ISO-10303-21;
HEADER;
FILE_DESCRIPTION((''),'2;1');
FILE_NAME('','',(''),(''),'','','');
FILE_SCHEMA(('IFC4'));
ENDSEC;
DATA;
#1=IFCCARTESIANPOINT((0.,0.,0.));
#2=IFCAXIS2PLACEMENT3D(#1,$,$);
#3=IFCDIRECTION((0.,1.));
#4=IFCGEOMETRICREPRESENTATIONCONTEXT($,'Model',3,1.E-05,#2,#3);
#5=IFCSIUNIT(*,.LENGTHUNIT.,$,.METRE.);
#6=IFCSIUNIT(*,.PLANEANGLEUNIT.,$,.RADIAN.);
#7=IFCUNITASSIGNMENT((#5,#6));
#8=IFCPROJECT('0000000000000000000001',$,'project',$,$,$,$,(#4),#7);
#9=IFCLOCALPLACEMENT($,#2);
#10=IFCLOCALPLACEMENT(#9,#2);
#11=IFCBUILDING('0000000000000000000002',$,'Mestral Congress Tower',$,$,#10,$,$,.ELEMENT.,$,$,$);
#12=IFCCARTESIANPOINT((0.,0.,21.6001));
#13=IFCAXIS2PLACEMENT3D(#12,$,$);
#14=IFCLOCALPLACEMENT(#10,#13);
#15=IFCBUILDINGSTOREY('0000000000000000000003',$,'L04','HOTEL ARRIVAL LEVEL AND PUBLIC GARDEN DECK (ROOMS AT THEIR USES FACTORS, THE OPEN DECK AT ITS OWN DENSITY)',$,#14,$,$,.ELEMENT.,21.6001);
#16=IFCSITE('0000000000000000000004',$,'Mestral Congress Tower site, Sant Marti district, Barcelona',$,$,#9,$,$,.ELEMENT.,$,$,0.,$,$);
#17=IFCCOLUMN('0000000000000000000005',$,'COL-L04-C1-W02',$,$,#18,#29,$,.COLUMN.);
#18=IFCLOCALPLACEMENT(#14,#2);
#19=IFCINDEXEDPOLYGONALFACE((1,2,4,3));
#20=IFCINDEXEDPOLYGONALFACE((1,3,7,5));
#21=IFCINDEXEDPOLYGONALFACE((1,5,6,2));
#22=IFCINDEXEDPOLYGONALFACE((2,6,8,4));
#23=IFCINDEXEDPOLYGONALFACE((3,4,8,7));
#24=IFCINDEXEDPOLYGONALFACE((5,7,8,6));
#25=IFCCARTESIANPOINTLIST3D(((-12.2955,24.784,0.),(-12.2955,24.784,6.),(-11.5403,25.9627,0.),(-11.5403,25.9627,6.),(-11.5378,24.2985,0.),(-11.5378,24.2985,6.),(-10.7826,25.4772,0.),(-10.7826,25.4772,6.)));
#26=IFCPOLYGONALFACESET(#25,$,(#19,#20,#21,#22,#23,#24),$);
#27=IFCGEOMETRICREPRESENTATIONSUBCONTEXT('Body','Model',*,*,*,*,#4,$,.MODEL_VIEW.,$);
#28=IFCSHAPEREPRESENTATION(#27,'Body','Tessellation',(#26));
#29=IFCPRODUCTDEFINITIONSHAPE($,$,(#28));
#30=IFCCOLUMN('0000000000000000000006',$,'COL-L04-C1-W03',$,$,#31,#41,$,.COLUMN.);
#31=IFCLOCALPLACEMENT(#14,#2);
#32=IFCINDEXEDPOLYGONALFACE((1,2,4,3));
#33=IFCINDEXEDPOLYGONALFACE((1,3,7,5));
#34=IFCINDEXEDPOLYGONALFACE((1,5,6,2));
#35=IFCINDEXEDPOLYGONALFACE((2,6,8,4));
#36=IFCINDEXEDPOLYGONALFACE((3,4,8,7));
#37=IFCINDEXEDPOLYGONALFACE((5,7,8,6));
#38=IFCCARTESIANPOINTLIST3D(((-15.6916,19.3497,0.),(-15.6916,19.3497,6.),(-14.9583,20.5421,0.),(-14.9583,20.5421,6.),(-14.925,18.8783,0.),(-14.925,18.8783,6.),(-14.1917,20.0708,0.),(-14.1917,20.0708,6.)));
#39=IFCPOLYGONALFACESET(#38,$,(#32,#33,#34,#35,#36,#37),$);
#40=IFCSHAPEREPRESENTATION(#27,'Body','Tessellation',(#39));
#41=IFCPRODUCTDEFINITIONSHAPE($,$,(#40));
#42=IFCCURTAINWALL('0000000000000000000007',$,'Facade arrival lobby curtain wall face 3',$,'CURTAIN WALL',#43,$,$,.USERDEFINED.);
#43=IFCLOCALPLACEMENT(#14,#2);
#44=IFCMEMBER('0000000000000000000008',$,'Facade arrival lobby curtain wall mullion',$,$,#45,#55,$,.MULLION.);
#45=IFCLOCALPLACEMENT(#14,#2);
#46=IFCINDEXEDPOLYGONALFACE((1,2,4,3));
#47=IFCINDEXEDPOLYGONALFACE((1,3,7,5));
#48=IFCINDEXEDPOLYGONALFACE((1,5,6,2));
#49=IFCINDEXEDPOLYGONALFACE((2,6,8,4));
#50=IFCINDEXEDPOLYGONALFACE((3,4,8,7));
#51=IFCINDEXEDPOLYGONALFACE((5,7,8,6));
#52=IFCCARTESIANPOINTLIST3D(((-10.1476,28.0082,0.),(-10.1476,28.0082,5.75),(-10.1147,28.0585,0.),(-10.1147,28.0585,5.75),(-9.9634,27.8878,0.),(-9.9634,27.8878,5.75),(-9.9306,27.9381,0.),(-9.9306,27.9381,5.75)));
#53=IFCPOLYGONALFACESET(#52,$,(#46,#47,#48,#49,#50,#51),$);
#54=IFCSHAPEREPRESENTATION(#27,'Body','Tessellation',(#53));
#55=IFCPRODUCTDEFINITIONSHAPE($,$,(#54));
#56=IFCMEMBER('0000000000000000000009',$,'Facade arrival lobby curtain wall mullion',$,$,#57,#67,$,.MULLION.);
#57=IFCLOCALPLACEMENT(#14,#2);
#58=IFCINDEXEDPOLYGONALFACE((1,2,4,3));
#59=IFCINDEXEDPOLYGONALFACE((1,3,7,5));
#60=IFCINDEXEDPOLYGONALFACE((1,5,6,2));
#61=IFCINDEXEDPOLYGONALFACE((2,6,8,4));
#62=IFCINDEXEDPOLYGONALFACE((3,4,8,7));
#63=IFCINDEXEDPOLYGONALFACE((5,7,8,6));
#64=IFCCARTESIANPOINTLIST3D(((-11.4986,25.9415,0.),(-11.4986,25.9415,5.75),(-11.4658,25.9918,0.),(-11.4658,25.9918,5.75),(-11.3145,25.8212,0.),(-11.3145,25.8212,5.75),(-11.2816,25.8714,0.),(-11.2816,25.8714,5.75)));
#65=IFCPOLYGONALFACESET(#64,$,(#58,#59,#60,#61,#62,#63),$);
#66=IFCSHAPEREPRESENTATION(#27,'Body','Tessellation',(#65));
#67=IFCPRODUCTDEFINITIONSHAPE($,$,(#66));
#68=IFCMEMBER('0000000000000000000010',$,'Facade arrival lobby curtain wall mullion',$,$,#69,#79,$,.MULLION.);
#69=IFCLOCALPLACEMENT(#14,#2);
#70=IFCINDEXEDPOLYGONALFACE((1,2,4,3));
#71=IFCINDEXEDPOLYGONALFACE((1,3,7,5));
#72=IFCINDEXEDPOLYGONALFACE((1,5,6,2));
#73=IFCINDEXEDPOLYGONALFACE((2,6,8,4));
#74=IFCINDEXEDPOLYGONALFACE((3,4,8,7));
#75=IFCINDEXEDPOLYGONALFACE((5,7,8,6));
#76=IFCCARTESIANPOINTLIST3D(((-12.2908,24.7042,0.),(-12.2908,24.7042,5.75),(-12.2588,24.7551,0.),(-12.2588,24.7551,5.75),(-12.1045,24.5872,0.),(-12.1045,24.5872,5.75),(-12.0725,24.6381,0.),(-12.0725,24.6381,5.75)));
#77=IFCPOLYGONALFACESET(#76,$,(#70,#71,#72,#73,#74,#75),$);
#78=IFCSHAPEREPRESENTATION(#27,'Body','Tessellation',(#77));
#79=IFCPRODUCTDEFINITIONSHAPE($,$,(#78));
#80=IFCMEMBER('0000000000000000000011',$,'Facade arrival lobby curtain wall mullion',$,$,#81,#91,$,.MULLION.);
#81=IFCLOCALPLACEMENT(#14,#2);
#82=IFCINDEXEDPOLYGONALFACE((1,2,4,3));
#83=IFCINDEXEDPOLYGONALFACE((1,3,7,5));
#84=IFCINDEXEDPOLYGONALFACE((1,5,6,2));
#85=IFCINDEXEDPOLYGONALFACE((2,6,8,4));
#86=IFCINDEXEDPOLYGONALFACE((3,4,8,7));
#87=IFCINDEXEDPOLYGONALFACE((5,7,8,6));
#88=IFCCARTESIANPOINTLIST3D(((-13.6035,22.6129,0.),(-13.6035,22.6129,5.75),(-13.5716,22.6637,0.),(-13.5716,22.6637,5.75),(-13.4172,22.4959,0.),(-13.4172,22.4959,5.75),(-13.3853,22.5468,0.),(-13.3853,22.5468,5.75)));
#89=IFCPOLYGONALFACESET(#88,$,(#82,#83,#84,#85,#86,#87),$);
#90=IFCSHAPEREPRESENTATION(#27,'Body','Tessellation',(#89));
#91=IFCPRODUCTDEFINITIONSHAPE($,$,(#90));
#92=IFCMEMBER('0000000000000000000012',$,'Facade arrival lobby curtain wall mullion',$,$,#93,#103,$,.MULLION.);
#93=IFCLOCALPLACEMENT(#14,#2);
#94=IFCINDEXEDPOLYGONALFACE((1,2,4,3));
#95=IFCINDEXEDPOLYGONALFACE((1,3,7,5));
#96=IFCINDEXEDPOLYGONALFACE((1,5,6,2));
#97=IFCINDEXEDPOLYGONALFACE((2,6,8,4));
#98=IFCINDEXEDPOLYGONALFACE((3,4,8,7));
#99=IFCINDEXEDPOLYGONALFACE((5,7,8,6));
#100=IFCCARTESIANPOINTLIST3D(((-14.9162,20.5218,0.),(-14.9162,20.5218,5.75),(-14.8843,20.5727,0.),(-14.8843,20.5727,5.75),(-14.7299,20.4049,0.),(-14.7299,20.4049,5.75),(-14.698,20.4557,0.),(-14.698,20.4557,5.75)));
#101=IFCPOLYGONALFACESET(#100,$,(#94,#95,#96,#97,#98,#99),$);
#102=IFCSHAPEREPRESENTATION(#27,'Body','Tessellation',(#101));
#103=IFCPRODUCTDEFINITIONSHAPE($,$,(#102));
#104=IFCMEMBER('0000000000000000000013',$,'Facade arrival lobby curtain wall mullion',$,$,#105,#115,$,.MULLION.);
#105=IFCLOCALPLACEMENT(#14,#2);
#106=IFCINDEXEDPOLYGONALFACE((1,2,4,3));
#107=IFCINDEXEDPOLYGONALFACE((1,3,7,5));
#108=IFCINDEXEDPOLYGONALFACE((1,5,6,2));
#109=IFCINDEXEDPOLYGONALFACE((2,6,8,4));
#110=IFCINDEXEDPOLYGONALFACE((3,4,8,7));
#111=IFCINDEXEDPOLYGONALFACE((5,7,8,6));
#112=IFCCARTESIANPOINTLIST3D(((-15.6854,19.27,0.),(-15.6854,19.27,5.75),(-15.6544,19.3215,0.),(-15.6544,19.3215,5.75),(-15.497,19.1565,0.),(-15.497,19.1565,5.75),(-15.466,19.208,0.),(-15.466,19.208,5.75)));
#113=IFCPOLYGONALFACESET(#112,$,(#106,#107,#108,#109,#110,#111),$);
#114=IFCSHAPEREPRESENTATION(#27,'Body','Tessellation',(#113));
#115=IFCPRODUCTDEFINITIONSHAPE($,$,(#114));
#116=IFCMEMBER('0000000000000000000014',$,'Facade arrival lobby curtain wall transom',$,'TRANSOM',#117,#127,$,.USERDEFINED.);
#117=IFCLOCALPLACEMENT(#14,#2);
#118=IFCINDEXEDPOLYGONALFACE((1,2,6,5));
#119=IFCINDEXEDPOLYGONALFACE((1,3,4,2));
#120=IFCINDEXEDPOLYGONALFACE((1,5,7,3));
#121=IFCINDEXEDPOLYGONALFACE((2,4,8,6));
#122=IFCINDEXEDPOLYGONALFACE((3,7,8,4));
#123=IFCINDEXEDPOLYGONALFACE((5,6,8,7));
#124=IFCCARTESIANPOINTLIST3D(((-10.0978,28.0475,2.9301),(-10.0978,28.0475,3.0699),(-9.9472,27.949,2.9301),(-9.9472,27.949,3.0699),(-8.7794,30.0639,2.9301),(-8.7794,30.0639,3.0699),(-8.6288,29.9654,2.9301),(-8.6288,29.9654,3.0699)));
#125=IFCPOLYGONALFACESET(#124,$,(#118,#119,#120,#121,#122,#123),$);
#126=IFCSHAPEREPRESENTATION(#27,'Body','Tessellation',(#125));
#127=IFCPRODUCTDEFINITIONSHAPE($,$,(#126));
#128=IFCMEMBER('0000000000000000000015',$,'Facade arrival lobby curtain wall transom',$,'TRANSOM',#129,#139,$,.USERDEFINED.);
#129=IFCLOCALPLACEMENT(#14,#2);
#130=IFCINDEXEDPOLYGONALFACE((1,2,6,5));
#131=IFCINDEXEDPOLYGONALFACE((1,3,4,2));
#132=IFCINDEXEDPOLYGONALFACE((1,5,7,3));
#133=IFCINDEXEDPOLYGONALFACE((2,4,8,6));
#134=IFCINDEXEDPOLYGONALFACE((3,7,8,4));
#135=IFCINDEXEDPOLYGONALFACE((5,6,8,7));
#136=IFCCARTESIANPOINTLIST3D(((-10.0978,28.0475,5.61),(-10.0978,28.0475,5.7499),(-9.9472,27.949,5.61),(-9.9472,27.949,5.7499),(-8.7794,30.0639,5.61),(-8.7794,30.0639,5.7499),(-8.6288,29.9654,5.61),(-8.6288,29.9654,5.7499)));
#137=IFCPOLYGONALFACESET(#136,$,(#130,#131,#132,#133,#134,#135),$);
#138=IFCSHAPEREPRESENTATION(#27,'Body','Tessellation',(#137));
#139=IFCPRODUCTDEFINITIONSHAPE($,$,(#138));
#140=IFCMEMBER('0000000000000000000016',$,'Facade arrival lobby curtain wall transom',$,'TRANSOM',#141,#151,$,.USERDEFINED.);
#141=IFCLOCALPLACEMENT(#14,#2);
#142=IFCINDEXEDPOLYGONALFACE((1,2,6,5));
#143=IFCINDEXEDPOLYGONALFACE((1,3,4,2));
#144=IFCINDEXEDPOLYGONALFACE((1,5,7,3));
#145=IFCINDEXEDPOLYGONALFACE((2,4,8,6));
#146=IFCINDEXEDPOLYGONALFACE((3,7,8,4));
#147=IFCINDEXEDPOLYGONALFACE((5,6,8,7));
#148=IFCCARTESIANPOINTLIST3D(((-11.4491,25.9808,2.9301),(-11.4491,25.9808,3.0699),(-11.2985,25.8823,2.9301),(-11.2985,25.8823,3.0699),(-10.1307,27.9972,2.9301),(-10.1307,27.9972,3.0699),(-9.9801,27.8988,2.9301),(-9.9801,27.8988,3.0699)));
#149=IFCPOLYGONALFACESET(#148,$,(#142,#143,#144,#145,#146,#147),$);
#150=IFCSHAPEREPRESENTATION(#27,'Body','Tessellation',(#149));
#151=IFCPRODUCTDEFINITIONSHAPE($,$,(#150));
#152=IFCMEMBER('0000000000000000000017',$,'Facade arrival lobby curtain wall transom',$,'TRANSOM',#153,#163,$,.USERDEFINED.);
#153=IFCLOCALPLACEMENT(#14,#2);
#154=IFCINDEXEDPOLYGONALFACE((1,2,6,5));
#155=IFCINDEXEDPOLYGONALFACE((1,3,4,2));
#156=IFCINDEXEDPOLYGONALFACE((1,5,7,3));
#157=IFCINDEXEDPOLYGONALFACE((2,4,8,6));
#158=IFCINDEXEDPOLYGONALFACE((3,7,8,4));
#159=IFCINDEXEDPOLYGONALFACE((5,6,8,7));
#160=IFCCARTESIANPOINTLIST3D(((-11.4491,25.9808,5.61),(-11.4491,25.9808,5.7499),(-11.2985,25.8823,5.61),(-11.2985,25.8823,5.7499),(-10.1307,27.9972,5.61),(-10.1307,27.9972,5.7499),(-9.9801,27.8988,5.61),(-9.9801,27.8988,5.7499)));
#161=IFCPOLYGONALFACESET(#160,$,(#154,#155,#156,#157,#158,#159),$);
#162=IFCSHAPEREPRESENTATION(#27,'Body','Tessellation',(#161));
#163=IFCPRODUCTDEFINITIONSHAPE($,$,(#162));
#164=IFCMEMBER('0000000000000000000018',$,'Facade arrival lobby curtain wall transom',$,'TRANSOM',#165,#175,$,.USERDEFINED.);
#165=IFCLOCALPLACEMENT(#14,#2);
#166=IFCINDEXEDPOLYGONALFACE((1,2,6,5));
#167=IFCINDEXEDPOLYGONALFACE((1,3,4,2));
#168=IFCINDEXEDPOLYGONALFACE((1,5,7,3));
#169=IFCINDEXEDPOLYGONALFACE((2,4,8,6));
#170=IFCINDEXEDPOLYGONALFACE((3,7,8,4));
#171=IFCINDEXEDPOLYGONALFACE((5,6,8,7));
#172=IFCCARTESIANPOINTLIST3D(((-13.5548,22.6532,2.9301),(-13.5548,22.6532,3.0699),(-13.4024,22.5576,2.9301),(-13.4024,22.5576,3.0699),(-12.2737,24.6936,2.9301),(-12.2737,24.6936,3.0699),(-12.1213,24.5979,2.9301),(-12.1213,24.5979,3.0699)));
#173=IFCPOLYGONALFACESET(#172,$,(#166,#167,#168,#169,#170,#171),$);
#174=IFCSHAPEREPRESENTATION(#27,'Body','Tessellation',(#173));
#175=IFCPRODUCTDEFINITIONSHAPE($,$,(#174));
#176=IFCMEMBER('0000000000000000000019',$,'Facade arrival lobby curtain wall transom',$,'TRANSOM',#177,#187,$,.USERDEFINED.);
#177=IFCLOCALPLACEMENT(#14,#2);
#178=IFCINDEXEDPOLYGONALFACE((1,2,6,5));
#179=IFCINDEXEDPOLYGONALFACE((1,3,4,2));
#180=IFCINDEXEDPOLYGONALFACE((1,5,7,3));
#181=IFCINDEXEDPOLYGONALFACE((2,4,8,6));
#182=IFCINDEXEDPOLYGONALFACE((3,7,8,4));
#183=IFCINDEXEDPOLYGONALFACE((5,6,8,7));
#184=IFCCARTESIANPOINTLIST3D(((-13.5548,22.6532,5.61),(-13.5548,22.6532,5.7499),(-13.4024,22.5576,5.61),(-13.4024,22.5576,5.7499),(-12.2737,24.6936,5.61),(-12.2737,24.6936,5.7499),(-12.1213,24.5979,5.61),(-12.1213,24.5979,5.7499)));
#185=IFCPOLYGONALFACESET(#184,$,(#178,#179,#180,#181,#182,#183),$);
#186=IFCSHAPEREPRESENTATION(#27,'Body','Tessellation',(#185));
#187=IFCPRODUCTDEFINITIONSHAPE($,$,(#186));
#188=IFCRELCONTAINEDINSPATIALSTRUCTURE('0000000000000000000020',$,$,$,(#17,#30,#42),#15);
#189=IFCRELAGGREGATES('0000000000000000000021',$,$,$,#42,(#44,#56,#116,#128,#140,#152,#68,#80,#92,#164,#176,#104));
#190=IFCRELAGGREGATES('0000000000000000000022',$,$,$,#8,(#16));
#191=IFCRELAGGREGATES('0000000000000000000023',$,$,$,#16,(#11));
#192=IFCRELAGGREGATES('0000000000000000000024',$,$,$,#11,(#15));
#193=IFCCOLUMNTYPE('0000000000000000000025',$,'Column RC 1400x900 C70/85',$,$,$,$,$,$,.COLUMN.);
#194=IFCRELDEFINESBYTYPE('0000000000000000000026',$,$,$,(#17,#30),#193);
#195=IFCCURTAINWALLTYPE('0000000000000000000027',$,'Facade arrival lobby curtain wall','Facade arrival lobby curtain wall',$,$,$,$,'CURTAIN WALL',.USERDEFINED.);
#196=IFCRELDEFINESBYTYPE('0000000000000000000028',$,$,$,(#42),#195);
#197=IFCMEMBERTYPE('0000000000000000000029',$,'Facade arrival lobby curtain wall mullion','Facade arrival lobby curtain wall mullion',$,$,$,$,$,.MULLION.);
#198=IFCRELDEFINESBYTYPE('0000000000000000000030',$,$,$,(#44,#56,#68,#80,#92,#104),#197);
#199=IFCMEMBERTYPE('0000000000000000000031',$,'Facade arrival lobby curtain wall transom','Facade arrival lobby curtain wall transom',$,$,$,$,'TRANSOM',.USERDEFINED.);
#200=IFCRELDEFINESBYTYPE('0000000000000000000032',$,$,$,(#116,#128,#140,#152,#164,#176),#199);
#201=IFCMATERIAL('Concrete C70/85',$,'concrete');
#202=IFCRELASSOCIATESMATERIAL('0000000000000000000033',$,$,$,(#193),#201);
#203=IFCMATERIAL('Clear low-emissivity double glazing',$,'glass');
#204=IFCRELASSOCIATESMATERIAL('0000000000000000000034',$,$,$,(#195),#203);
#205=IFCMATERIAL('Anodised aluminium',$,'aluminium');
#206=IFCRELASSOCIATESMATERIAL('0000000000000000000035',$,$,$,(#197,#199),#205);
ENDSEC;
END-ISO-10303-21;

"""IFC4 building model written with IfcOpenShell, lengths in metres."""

from ifc_helpers import new_model, si_unit, direction, frame, origin, origin_2d, place, context, subcontext, project, spatial, rectangle, extrude, material, material_profile, profile_set, type_object, element, aggregate, save


model = new_model("IFC4")

# Units and contexts
model_context = context("Model", 3, precision=1e-05, world=origin(), true_north=direction((0.0, 1.0)))
body_context = subcontext(model_context, "Body", "Model", "MODEL_VIEW")
ifc_project = project(units=[si_unit("LENGTHUNIT", "METRE"), si_unit("PLANEANGLEUNIT", "RADIAN")], contexts=[model_context])

# Site, building, storey
site_placement = place(None, origin())
site = spatial("IfcSite", under=ifc_project, at=site_placement, Name="Mestral Congress Tower site, Sant Marti district, Barcelona", CompositionType="ELEMENT", RefElevation=0.0)
building_placement = place(site_placement, origin())
building = spatial("IfcBuilding", under=site, at=building_placement, Name="Mestral Congress Tower", CompositionType="ELEMENT")
storey_placement = place(building_placement, frame((0.0, 0.0, 21.6001)))
storey = spatial("IfcBuildingStorey", under=building, at=storey_placement, Name="L04", Description="HOTEL ARRIVAL LEVEL AND PUBLIC GARDEN DECK (ROOMS AT THEIR USES FACTORS, THE OPEN DECK AT ITS OWN DENSITY)", CompositionType="ELEMENT", Elevation=21.6001)

# Columns
ifc_material_1 = material(Name="Concrete C70/85", Category="concrete")
ifc_material_profile_1 = material_profile(ifc_material_1, rectangle(XDim=1.3999, YDim=0.8999, at=origin_2d()), Name="RC 1400x900")
ifc_profile_set_1 = profile_set([ifc_material_profile_1], Name="Concrete C70/85")
column_type = type_object("IfcColumnType", Name="Column RC 1400x900 C70/85", PredefinedType="COLUMN", material=ifc_profile_set_1)
for number, where, z_axis, x_axis, name in (
    (1, (-11.5391, 25.1306, 0.0), (0.0, 0.0, 1.0), (-0.539476, -0.842001, 0.0), "COL-L04-C1-W02"),
    (2, (-14.9417, 19.7102, 0.0), (0.0, 0.0, 1.0), (-0.523819, -0.851829, 0.0), "COL-L04-C1-W03"),
):
    element("IfcColumn", number, at=place(storey_placement, frame(where, z_axis=z_axis, x_axis=x_axis)), inside=storey, type_object=column_type, Name=name, PredefinedType="COLUMN", context=body_context, shape_type="SweptSolid", body=[
        extrude(rectangle(XDim=1.3999, YDim=0.8999, at=origin_2d()), origin(), (0.0, 0.0, 1.0), 6.0),
    ])

# Curtain wall, members
ifc_material_2 = material(Name="Clear low-emissivity double glazing", Category="glass")
curtain_wall_type = type_object("IfcCurtainWallType", Name="Facade arrival lobby curtain wall", Description="Facade arrival lobby curtain wall", ElementType="CURTAIN WALL", PredefinedType="USERDEFINED", material=ifc_material_2)
curtain_wall_placement = place(storey_placement, origin())
curtain_wall = element("IfcCurtainWall", 3, at=curtain_wall_placement, inside=storey, type_object=curtain_wall_type, Name="Facade arrival lobby curtain wall face 3", ObjectType="CURTAIN WALL", PredefinedType="USERDEFINED")
ifc_material_3 = material(Name="Anodised aluminium", Category="aluminium")
ifc_material_profile_2 = material_profile(ifc_material_3, rectangle(XDim=0.22, YDim=0.0601, at=origin_2d()), Name="CW4 mullion 220 x 60")
ifc_profile_set_2 = profile_set([ifc_material_profile_2], Name="Anodised aluminium")
member_type_1 = type_object("IfcMemberType", Name="Facade arrival lobby curtain wall mullion", Description="Facade arrival lobby curtain wall mullion", PredefinedType="MULLION", material=ifc_profile_set_2)
member_1_placement = place(storey_placement, frame((-10.0391, 27.9731, 0.0), z_axis=(0.0, 0.0, 1.0), x_axis=(-0.836982, 0.54723, 0.0)))
member_1 = element("IfcMember", 4, at=member_1_placement, type_object=member_type_1, Name="Facade arrival lobby curtain wall mullion", PredefinedType="MULLION", context=body_context, shape_type="SweptSolid", body=[
    extrude(rectangle(XDim=0.22, YDim=0.0601, at=origin_2d()), origin(), (0.0, 0.0, 1.0), 5.75),
])
member_2_placement = place(storey_placement, frame((-11.3901, 25.9065, 0.0), z_axis=(0.0, 0.0, 1.0), x_axis=(-0.836982, 0.54723, 0.0)))
member_2 = element("IfcMember", 5, at=member_2_placement, type_object=member_type_1, Name="Facade arrival lobby curtain wall mullion", PredefinedType="MULLION", context=body_context, shape_type="SweptSolid", body=[
    extrude(rectangle(XDim=0.22, YDim=0.0601, at=origin_2d()), origin(), (0.0, 0.0, 1.0), 5.75),
])
member_3_placement = place(storey_placement, frame((-12.1816, 24.6711, 0.0), z_axis=(0.0, 0.0, 1.0), x_axis=(-0.846953, 0.531668, 0.0)))
member_3 = element("IfcMember", 6, at=member_3_placement, type_object=member_type_1, Name="Facade arrival lobby curtain wall mullion", PredefinedType="MULLION", context=body_context, shape_type="SweptSolid", body=[
    extrude(rectangle(XDim=0.22, YDim=0.0601, at=origin_2d()), origin(), (0.0, 0.0, 1.0), 5.75),
])
member_4_placement = place(storey_placement, frame((-13.4944, 22.5798, 0.0), z_axis=(0.0, 0.0, 1.0), x_axis=(-0.846953, 0.531668, 0.0)))
member_4 = element("IfcMember", 7, at=member_4_placement, type_object=member_type_1, Name="Facade arrival lobby curtain wall mullion", PredefinedType="MULLION", context=body_context, shape_type="SweptSolid", body=[
    extrude(rectangle(XDim=0.22, YDim=0.0601, at=origin_2d()), origin(), (0.0, 0.0, 1.0), 5.75),
])
member_5_placement = place(storey_placement, frame((-14.8071, 20.4888, 0.0), z_axis=(0.0, 0.0, 1.0), x_axis=(-0.846953, 0.531668, 0.0)))
member_5 = element("IfcMember", 8, at=member_5_placement, type_object=member_type_1, Name="Facade arrival lobby curtain wall mullion", PredefinedType="MULLION", context=body_context, shape_type="SweptSolid", body=[
    extrude(rectangle(XDim=0.22, YDim=0.0601, at=origin_2d()), origin(), (0.0, 0.0, 1.0), 5.75),
])
member_6_placement = place(storey_placement, frame((-15.5757, 19.239, 0.0), z_axis=(0.0, 0.0, 1.0), x_axis=(-0.856631, 0.515929, 0.0)))
member_6 = element("IfcMember", 9, at=member_6_placement, type_object=member_type_1, Name="Facade arrival lobby curtain wall mullion", PredefinedType="MULLION", context=body_context, shape_type="SweptSolid", body=[
    extrude(rectangle(XDim=0.22, YDim=0.0601, at=origin_2d()), origin(), (0.0, 0.0, 1.0), 5.75),
])
ifc_material_profile_3 = material_profile(ifc_material_3, rectangle(XDim=0.1799, YDim=0.1399, at=origin_2d()), Name="CW4 transom 180 x 140")
ifc_profile_set_3 = profile_set([ifc_material_profile_3], Name="Anodised aluminium")
member_type_2 = type_object("IfcMemberType", Name="Facade arrival lobby curtain wall transom", Description="Facade arrival lobby curtain wall transom", ElementType="TRANSOM", PredefinedType="USERDEFINED", material=ifc_profile_set_3)
member_7_placement = place(storey_placement, frame((-8.7041, 30.0146, 3.0), z_axis=(-0.547241, -0.836975, 0.0), x_axis=(0.836975, -0.547241, 0.0)))
member_7 = element("IfcMember", 10, at=member_7_placement, type_object=member_type_2, Name="Facade arrival lobby curtain wall transom", ObjectType="TRANSOM", PredefinedType="USERDEFINED", context=body_context, shape_type="SweptSolid", body=[
    extrude(rectangle(XDim=0.1799, YDim=0.1399, at=origin_2d()), origin(), (0.0, 0.0, 1.0), 2.4092),
])
member_8_placement = place(storey_placement, frame((-8.7041, 30.0146, 5.6799), z_axis=(-0.547241, -0.836975, 0.0), x_axis=(0.836975, -0.547241, 0.0)))
member_8 = element("IfcMember", 11, at=member_8_placement, type_object=member_type_2, Name="Facade arrival lobby curtain wall transom", ObjectType="TRANSOM", PredefinedType="USERDEFINED", context=body_context, shape_type="SweptSolid", body=[
    extrude(rectangle(XDim=0.1799, YDim=0.1399, at=origin_2d()), origin(), (0.0, 0.0, 1.0), 2.4092),
])
member_9_placement = place(storey_placement, frame((-10.0554, 27.948, 3.0), z_axis=(-0.547241, -0.836975, 0.0), x_axis=(0.836975, -0.547241, 0.0)))
member_9 = element("IfcMember", 12, at=member_9_placement, type_object=member_type_2, Name="Facade arrival lobby curtain wall transom", ObjectType="TRANSOM", PredefinedType="USERDEFINED", context=body_context, shape_type="SweptSolid", body=[
    extrude(rectangle(XDim=0.1799, YDim=0.1399, at=origin_2d()), origin(), (0.0, 0.0, 1.0), 2.4092),
])
member_10_placement = place(storey_placement, frame((-10.0554, 27.948, 5.6799), z_axis=(-0.547241, -0.836975, 0.0), x_axis=(0.836975, -0.547241, 0.0)))
member_10 = element("IfcMember", 13, at=member_10_placement, type_object=member_type_2, Name="Facade arrival lobby curtain wall transom", ObjectType="TRANSOM", PredefinedType="USERDEFINED", context=body_context, shape_type="SweptSolid", body=[
    extrude(rectangle(XDim=0.1799, YDim=0.1399, at=origin_2d()), origin(), (0.0, 0.0, 1.0), 2.4092),
])
member_11_placement = place(storey_placement, frame((-12.1975, 24.6458, 3.0), z_axis=(-0.531738, -0.846909, 0.0), x_axis=(0.846909, -0.531738, 0.0)))
member_11 = element("IfcMember", 14, at=member_11_placement, type_object=member_type_2, Name="Facade arrival lobby curtain wall transom", ObjectType="TRANSOM", PredefinedType="USERDEFINED", context=body_context, shape_type="SweptSolid", body=[
    extrude(rectangle(XDim=0.1799, YDim=0.1399, at=origin_2d()), origin(), (0.0, 0.0, 1.0), 2.4092),
])
member_12_placement = place(storey_placement, frame((-12.1975, 24.6458, 5.6799), z_axis=(-0.531738, -0.846909, 0.0), x_axis=(0.846909, -0.531738, 0.0)))
member_12 = element("IfcMember", 15, at=member_12_placement, type_object=member_type_2, Name="Facade arrival lobby curtain wall transom", ObjectType="TRANSOM", PredefinedType="USERDEFINED", context=body_context, shape_type="SweptSolid", body=[
    extrude(rectangle(XDim=0.1799, YDim=0.1399, at=origin_2d()), origin(), (0.0, 0.0, 1.0), 2.4092),
])

aggregate(curtain_wall, [member_1, member_2, member_7, member_8, member_9, member_10, member_3, member_4, member_5, member_11, member_12, member_6])

save(model, "model.ifc")
